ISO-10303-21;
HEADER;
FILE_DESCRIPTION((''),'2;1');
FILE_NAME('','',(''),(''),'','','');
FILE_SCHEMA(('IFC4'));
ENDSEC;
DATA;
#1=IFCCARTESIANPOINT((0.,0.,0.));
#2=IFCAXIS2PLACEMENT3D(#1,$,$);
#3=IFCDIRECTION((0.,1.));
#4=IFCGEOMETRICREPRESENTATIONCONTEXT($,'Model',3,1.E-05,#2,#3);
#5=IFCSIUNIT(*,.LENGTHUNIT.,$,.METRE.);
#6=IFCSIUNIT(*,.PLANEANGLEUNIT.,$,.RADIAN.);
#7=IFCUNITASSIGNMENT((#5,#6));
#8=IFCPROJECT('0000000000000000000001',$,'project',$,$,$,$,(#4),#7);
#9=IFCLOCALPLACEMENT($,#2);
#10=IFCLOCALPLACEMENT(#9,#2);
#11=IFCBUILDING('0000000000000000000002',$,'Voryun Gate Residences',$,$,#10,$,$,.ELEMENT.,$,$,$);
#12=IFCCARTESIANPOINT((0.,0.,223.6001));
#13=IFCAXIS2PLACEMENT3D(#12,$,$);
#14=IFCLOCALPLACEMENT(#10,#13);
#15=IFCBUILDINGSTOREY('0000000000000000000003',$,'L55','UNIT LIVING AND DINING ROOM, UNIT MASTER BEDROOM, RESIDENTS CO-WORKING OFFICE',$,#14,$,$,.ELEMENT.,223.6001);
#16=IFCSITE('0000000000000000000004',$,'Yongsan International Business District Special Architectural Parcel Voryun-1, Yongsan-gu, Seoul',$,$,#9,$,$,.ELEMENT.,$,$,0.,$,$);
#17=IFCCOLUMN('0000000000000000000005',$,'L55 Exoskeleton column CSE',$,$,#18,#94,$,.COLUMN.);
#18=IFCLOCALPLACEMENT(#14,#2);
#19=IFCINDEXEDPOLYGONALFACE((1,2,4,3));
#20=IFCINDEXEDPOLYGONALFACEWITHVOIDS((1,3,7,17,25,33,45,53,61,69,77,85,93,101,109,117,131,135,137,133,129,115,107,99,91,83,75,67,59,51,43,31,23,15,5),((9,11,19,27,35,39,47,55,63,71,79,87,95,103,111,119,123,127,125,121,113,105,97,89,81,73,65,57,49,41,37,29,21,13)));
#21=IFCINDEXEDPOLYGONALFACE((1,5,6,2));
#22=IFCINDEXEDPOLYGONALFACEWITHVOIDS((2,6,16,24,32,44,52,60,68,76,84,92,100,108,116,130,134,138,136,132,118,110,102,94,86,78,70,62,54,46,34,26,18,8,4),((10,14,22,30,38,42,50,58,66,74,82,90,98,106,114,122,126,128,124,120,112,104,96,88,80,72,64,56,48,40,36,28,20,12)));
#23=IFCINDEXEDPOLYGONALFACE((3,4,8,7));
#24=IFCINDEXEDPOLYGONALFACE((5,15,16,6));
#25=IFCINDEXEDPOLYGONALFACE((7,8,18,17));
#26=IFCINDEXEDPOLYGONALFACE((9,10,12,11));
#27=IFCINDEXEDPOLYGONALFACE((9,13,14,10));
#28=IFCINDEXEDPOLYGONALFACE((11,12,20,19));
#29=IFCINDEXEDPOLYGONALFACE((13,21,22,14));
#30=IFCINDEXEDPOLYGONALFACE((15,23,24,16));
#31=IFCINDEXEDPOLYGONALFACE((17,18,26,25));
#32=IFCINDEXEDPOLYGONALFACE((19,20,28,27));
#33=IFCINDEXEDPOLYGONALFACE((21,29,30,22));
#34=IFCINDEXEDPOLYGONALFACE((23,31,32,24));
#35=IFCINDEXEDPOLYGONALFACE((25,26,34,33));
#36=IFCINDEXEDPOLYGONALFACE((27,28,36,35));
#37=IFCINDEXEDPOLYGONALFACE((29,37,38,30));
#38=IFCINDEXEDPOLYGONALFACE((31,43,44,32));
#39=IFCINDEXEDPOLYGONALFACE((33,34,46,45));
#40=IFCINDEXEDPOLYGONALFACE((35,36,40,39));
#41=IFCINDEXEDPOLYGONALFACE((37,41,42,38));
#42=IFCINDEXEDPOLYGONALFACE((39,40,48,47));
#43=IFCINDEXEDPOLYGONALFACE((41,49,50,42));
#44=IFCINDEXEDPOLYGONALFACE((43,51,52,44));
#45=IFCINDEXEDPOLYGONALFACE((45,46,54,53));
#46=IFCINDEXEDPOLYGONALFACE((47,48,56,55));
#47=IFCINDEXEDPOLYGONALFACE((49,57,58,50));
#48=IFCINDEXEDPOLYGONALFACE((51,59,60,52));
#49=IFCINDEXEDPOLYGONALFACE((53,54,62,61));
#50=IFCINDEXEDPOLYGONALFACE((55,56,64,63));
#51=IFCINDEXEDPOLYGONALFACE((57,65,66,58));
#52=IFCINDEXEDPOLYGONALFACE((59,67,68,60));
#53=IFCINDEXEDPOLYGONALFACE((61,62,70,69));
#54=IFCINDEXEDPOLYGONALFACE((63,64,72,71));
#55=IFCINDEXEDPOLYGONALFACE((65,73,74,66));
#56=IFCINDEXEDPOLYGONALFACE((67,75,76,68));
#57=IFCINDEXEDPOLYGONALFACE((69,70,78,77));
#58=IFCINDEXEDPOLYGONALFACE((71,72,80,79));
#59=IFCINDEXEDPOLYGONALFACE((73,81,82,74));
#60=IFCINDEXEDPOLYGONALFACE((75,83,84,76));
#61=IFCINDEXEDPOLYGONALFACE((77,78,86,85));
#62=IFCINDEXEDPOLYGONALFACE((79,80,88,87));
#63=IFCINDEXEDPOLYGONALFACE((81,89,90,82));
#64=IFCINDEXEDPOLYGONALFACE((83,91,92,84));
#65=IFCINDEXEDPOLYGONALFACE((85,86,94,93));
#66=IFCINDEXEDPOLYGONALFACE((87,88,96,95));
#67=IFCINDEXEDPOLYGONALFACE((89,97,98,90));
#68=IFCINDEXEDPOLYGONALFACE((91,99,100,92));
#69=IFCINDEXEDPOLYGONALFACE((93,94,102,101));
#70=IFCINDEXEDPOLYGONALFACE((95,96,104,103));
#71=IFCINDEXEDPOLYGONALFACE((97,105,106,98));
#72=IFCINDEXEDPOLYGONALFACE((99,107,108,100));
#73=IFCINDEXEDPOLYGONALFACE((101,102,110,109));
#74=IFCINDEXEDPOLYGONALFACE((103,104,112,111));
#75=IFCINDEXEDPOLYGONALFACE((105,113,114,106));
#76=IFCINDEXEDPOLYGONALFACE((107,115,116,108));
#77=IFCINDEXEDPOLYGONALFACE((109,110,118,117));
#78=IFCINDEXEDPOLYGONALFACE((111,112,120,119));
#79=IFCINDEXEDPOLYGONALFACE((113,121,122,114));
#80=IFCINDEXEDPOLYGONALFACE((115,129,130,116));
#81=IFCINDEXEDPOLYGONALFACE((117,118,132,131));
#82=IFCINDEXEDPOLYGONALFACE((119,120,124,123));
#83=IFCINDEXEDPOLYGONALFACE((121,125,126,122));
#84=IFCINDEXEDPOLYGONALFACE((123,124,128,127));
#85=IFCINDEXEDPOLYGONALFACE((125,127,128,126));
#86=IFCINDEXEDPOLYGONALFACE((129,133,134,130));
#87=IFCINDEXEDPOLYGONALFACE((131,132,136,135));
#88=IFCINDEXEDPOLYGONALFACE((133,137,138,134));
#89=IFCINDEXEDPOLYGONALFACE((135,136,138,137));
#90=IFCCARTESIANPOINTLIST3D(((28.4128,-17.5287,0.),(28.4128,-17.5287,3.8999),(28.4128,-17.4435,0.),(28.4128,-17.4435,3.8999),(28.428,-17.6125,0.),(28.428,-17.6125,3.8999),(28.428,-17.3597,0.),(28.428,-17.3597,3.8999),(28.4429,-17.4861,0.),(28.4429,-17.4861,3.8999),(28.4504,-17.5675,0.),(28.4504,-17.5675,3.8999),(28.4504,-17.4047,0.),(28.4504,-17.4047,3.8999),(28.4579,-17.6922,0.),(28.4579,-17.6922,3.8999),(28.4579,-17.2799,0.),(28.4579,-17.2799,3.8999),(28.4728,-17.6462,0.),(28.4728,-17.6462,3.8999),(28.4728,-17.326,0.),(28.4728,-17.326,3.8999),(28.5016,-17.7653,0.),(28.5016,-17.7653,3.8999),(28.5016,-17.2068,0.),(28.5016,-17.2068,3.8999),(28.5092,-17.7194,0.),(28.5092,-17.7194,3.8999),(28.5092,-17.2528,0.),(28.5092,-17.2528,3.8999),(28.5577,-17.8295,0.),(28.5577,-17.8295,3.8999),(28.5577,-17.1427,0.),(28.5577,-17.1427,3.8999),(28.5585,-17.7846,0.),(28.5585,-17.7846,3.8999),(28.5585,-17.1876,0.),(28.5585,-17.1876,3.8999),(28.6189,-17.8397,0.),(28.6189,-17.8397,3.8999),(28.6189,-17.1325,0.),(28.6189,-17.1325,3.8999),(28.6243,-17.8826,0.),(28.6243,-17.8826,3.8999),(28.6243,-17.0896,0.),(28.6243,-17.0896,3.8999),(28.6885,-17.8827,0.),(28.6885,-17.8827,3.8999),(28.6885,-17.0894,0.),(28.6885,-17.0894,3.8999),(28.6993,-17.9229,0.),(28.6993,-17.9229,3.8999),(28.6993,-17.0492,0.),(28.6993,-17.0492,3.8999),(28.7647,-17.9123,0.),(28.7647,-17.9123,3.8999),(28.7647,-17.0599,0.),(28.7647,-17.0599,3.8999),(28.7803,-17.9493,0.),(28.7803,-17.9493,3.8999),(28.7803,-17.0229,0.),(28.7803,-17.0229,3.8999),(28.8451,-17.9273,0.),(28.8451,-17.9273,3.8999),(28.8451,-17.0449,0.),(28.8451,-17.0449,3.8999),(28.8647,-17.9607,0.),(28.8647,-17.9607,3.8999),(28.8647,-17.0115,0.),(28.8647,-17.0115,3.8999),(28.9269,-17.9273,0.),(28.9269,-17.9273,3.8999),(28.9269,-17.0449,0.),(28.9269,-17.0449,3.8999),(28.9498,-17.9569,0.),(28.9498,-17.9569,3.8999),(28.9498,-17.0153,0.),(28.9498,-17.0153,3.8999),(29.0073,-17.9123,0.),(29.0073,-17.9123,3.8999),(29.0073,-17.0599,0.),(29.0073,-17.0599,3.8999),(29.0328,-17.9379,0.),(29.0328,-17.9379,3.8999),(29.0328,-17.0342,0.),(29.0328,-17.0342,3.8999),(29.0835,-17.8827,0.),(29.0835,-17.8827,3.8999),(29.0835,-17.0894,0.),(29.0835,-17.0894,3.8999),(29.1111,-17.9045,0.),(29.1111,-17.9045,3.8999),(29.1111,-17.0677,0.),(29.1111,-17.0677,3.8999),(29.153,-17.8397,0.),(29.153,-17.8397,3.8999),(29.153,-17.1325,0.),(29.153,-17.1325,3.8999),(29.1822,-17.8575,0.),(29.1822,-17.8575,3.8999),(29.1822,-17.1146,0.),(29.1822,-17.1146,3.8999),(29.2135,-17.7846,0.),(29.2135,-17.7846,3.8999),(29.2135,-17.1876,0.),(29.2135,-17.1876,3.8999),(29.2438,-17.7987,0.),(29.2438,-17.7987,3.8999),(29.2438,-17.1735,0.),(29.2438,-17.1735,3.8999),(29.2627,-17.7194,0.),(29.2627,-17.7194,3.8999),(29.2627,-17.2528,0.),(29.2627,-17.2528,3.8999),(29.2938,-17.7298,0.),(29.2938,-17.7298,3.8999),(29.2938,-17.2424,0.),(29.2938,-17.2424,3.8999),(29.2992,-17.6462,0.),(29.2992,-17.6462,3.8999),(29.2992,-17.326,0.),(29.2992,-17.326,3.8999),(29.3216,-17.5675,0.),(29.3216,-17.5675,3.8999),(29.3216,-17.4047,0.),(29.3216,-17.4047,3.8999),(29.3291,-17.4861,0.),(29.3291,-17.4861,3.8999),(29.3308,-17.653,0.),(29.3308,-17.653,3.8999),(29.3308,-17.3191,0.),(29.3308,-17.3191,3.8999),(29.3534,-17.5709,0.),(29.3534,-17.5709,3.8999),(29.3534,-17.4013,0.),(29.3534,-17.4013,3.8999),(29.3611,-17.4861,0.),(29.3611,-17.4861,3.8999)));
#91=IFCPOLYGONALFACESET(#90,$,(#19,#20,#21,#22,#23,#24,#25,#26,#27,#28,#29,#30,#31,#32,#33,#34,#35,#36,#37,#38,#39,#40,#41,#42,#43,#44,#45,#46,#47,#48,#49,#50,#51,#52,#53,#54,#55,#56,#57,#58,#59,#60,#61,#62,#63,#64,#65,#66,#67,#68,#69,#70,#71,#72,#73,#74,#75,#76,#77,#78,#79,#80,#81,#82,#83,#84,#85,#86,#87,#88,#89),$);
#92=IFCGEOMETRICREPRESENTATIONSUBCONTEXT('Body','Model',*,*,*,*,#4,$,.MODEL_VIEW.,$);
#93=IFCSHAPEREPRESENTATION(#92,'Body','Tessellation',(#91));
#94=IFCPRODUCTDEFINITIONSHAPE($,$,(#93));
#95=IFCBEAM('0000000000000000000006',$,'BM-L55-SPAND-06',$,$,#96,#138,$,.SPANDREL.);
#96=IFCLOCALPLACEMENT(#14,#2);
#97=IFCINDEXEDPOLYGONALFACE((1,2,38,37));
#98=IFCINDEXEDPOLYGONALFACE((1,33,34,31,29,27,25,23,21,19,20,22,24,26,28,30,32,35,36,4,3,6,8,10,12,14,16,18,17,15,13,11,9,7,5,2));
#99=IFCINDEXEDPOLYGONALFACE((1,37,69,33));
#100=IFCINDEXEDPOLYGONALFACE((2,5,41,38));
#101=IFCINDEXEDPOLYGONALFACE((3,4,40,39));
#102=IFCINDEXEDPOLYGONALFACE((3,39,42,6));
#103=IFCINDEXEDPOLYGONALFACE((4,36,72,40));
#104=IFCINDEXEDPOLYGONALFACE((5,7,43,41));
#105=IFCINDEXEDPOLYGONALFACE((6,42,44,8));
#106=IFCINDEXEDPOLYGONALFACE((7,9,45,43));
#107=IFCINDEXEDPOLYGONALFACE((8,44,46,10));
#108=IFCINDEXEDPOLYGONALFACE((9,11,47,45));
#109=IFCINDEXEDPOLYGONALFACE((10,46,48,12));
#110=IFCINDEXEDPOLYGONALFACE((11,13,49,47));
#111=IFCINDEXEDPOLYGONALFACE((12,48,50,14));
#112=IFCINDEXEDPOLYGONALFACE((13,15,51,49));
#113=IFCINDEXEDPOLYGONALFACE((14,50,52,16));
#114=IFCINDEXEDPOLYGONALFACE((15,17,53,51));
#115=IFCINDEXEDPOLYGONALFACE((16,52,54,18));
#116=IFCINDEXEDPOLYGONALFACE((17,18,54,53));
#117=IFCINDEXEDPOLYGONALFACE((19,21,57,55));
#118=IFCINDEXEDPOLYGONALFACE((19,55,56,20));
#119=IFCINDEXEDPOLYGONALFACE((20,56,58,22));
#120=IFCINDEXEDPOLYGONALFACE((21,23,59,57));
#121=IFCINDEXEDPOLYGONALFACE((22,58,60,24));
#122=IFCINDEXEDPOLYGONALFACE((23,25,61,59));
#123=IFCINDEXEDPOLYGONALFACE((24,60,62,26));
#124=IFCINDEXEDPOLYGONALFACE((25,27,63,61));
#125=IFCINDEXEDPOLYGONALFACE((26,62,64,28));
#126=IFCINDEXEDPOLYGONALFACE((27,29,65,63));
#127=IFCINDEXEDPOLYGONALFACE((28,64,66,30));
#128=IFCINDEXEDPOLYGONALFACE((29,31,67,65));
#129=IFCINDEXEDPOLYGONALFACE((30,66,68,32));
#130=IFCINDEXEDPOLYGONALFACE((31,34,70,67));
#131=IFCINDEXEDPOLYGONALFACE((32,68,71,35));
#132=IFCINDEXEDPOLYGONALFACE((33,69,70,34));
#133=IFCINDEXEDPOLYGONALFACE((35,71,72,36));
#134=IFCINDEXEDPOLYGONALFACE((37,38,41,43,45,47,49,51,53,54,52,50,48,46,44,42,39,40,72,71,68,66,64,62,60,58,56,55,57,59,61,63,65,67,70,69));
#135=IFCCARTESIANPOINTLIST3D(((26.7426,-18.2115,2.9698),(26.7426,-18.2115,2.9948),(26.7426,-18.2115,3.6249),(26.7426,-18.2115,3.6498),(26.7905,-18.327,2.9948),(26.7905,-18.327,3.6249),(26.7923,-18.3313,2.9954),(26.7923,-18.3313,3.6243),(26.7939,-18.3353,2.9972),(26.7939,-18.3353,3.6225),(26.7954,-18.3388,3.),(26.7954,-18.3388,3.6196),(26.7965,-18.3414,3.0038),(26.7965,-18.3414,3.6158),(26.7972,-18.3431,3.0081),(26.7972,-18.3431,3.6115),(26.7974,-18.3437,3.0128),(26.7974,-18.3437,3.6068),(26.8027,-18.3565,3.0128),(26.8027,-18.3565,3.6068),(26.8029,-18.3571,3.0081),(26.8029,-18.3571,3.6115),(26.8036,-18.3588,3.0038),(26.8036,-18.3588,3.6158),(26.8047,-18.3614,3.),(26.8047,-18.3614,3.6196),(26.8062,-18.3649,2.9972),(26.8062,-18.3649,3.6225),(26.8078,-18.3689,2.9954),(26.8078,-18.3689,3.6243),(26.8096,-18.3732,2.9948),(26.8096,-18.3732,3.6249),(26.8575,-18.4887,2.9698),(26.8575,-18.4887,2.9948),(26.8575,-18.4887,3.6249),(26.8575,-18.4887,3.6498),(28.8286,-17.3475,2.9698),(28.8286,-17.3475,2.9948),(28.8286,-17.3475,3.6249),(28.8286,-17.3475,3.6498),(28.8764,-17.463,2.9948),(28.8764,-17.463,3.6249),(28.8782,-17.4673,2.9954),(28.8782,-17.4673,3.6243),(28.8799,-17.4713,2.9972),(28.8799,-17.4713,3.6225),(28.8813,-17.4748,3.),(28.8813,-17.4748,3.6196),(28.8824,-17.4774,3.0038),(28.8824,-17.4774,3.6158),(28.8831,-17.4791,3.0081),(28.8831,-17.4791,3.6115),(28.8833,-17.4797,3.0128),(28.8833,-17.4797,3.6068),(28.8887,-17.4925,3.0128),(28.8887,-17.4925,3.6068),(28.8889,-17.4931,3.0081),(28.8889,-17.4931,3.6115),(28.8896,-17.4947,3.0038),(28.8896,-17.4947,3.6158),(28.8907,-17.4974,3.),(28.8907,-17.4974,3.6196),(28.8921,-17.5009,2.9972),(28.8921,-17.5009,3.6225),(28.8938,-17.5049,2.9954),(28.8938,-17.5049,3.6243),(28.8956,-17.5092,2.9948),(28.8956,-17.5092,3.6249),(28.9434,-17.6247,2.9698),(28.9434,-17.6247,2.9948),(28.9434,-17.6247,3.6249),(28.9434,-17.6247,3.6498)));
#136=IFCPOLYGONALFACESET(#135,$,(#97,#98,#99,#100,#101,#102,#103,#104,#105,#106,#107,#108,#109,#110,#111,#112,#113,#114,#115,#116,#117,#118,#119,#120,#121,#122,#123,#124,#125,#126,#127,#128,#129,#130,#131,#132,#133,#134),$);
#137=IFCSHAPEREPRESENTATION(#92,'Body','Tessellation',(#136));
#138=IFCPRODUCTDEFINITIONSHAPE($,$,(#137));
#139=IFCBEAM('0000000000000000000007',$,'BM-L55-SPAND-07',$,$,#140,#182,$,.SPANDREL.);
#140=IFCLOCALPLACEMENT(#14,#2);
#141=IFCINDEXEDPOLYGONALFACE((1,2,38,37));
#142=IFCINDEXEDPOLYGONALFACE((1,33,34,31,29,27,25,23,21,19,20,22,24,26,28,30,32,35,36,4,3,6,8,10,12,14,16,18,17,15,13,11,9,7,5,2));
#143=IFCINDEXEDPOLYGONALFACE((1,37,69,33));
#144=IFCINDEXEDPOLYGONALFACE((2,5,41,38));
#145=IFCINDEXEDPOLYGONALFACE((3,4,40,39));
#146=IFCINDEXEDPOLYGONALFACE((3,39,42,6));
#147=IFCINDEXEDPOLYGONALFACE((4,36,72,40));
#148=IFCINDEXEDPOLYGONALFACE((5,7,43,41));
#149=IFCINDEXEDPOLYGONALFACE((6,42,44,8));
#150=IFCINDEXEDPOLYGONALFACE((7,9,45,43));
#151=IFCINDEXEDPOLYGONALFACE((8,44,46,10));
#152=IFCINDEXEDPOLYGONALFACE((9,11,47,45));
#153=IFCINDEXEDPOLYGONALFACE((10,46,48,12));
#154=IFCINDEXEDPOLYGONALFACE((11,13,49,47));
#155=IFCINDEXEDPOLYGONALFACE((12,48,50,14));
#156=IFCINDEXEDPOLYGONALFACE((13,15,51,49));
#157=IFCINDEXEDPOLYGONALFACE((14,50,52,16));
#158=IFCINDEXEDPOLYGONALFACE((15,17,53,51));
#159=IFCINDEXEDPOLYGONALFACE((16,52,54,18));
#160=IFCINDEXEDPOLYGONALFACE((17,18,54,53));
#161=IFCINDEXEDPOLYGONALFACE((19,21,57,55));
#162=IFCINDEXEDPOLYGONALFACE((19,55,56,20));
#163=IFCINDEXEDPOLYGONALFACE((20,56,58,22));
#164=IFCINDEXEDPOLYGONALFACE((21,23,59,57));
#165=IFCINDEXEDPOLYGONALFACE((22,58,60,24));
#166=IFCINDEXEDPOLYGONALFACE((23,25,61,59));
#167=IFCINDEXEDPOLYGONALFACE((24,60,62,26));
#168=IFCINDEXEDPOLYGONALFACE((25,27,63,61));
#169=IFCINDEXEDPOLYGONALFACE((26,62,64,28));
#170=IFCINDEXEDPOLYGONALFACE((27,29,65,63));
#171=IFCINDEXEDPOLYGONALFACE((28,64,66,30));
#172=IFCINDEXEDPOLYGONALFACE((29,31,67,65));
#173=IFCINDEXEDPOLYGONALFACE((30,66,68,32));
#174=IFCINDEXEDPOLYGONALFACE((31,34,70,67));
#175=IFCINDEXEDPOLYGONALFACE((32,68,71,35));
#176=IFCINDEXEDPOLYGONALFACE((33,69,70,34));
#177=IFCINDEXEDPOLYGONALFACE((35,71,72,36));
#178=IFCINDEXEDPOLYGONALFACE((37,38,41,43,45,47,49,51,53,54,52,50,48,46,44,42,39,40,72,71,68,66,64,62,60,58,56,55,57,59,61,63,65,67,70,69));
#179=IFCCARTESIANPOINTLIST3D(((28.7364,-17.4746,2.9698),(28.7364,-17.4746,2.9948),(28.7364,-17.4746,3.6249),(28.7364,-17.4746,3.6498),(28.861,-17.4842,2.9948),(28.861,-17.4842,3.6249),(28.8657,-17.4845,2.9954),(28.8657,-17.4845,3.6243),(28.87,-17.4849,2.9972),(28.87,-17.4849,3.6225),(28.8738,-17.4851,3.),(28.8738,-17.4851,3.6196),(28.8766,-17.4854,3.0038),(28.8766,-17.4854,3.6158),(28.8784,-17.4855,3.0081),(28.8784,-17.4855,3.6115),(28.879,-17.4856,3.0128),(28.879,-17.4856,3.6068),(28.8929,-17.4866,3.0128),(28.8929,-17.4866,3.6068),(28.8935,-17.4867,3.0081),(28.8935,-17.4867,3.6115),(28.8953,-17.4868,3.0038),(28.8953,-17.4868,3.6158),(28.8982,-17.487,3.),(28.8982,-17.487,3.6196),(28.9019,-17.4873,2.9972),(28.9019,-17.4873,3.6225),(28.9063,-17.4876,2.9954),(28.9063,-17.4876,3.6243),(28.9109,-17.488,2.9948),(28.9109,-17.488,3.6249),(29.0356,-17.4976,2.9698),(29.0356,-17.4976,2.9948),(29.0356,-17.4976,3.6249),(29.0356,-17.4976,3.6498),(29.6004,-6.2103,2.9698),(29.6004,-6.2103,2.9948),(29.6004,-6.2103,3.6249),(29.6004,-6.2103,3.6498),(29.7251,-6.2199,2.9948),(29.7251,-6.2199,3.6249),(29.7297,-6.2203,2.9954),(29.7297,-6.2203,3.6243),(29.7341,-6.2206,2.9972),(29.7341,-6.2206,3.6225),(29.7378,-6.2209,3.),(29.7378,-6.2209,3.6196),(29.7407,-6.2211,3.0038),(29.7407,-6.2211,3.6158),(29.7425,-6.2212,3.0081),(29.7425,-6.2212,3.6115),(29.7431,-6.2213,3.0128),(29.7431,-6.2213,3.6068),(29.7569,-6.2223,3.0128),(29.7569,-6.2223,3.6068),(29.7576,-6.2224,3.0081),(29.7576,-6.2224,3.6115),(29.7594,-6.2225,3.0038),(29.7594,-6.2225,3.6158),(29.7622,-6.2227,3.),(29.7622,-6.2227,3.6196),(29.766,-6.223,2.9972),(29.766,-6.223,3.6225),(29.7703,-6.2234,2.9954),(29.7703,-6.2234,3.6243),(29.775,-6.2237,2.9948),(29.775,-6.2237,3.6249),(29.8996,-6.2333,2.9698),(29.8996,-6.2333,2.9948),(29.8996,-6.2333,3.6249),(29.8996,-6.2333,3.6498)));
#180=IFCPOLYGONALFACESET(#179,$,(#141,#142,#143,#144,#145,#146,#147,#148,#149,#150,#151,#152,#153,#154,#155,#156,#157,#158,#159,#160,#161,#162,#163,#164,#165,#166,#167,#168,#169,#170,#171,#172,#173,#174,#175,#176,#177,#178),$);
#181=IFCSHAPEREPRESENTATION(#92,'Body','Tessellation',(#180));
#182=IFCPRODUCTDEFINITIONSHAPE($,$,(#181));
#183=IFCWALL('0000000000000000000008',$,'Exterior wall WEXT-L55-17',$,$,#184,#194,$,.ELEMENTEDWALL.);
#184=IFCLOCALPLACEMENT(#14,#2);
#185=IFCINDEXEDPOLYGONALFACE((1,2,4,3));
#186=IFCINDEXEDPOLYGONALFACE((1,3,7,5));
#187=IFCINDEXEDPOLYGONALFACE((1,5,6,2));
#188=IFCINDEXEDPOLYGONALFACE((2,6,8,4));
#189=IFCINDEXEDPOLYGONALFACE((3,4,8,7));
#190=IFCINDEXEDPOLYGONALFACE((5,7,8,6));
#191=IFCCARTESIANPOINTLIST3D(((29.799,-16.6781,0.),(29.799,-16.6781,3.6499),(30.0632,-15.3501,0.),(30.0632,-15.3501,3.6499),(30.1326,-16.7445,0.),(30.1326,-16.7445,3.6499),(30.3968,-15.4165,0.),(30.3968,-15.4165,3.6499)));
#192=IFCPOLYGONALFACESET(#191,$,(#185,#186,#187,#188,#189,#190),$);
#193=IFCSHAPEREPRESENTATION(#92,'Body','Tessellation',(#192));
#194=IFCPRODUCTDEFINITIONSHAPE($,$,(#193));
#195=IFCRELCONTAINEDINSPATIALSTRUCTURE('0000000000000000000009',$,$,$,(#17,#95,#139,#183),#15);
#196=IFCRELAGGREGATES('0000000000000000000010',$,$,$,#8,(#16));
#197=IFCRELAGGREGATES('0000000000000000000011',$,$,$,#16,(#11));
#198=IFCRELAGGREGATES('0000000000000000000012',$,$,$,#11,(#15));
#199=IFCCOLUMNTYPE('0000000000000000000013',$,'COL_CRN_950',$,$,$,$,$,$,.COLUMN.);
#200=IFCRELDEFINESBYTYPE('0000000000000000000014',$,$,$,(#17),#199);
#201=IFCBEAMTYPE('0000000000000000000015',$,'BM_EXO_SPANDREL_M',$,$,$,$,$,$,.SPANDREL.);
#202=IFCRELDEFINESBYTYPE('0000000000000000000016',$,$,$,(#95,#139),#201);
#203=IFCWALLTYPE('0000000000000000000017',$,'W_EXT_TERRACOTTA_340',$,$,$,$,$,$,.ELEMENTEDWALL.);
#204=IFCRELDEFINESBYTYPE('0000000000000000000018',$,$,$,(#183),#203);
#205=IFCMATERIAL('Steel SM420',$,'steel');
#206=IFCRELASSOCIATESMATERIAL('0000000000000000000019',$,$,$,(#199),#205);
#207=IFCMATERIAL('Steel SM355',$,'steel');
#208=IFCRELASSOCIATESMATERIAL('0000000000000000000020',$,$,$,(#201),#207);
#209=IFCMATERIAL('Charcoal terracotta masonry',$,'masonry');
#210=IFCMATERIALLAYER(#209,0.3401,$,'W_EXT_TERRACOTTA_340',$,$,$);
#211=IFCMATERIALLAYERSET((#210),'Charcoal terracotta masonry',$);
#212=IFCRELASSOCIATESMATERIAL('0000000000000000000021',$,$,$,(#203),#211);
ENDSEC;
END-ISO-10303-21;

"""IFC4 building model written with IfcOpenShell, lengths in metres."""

from ifc_helpers import new_model, si_unit, direction, frame, frame_2d, origin, origin_2d, place, context, subcontext, project, spatial, rectangle, hollow_circle, i_section, extrude, material, layer, layer_set, material_profile, profile_set, type_object, element, save


model = new_model("IFC4")

# Units and contexts
model_context = context("Model", 3, precision=1e-05, world=origin(), true_north=direction((0.0, 1.0)))
body_context = subcontext(model_context, "Body", "Model", "MODEL_VIEW")
ifc_project = project(units=[si_unit("LENGTHUNIT", "METRE"), si_unit("PLANEANGLEUNIT", "RADIAN")], contexts=[model_context])

# Site, building, storey
site_placement = place(None, origin())
site = spatial("IfcSite", under=ifc_project, at=site_placement, Name="Yongsan International Business District Special Architectural Parcel Voryun-1, Yongsan-gu, Seoul", CompositionType="ELEMENT", RefElevation=0.0)
building_placement = place(site_placement, origin())
building = spatial("IfcBuilding", under=site, at=building_placement, Name="Voryun Gate Residences", CompositionType="ELEMENT")
storey_placement = place(building_placement, frame((0.0, 0.0, 223.6001)))
storey = spatial("IfcBuildingStorey", under=building, at=storey_placement, Name="L55", Description="UNIT LIVING AND DINING ROOM, UNIT MASTER BEDROOM, RESIDENTS CO-WORKING OFFICE", CompositionType="ELEMENT", Elevation=223.6001)

# Column
ifc_material_1 = material(Name="Steel SM420", Category="steel")
ifc_material_profile_1 = material_profile(ifc_material_1, hollow_circle(Radius=0.4751, WallThickness=0.032, at=origin_2d()), Name="CHS-950x32")
ifc_profile_set_1 = profile_set([ifc_material_profile_1], Name="Steel SM420")
column_type = type_object("IfcColumnType", Name="COL_CRN_950", PredefinedType="COLUMN", material=ifc_profile_set_1)
column_placement = place(storey_placement, frame((28.886, -17.4861, 0.0), z_axis=(0.0, 0.0, 1.0), x_axis=(1.0, 0.0, 0.0)))
element("IfcColumn", 1, at=column_placement, inside=storey, type_object=column_type, Name="L55 Exoskeleton column CSE", PredefinedType="COLUMN", context=body_context, shape_type="SweptSolid", body=[
    extrude(hollow_circle(Radius=0.4751, WallThickness=0.032, at=origin_2d()), origin(), (0.0, 0.0, 1.0), 3.8999),
])

# Beams
ifc_material_2 = material(Name="Steel SM355", Category="steel")
ifc_material_profile_2 = material_profile(ifc_material_2, i_section(OverallWidth=0.3, OverallDepth=0.6799, WebThickness=0.0139, FlangeThickness=0.0249, FilletRadius=0.0181, at=origin_2d()), Name="H-680x300x14x25")
ifc_profile_set_2 = profile_set([ifc_material_profile_2], Name="Steel SM355")
beam_type = type_object("IfcBeamType", Name="BM_EXO_SPANDREL_M", PredefinedType="SPANDREL", material=ifc_profile_set_2)
beam_1_placement = place(storey_placement, frame((26.8, -18.3501, 3.3098), z_axis=(0.923881, 0.38268, 0.0), x_axis=(-0.38268, 0.923881, 0.0)))
element("IfcBeam", 2, at=beam_1_placement, inside=storey, type_object=beam_type, Name="BM-L55-SPAND-06", PredefinedType="SPANDREL", context=body_context, shape_type="SweptSolid", body=[
    extrude(i_section(OverallWidth=0.3, OverallDepth=0.6799, WebThickness=0.0139, FlangeThickness=0.0249, FilletRadius=0.0181, at=origin_2d()), origin(), (0.0, 0.0, 1.0), 2.2578),
])
beam_2_placement = place(storey_placement, frame((28.886, -17.4861, 3.3098), z_axis=(0.07648, 0.997071, 0.0), x_axis=(-0.997071, 0.07648, 0.0)))
element("IfcBeam", 3, at=beam_2_placement, inside=storey, type_object=beam_type, Name="BM-L55-SPAND-07", PredefinedType="SPANDREL", context=body_context, shape_type="SweptSolid", body=[
    extrude(i_section(OverallWidth=0.3, OverallDepth=0.6799, WebThickness=0.0139, FlangeThickness=0.0249, FilletRadius=0.0181, at=origin_2d()), origin(), (0.0, 0.0, 1.0), 11.2974),
])

# Wall
ifc_material_3 = material(Name="Charcoal terracotta masonry", Category="masonry")
ifc_layer_1 = layer(ifc_material_3, 0.3401, Name="W_EXT_TERRACOTTA_340")
ifc_layer_set_1 = layer_set([ifc_layer_1], Name="Charcoal terracotta masonry")
wall_type_1 = type_object("IfcWallType", Name="W_EXT_TERRACOTTA_340", PredefinedType="ELEMENTEDWALL", material=ifc_layer_set_1)
wall_1_placement = place(storey_placement, frame((30.23, -15.3833, 0.0), z_axis=(0.0, 0.0, 1.0), x_axis=(-0.19511, -0.980781, 0.0)))
element("IfcWall", 4, at=wall_1_placement, inside=storey, type_object=wall_type_1, Name="Exterior wall WEXT-L55-17", PredefinedType="ELEMENTEDWALL", context=body_context, shape_type="SweptSolid", body=[
    extrude(rectangle(XDim=1.354, YDim=0.3401, at=frame_2d((0.677, 0.0))), origin(), (0.0, 0.0, 1.0), 3.6499),
])

save(model, "model.ifc")
